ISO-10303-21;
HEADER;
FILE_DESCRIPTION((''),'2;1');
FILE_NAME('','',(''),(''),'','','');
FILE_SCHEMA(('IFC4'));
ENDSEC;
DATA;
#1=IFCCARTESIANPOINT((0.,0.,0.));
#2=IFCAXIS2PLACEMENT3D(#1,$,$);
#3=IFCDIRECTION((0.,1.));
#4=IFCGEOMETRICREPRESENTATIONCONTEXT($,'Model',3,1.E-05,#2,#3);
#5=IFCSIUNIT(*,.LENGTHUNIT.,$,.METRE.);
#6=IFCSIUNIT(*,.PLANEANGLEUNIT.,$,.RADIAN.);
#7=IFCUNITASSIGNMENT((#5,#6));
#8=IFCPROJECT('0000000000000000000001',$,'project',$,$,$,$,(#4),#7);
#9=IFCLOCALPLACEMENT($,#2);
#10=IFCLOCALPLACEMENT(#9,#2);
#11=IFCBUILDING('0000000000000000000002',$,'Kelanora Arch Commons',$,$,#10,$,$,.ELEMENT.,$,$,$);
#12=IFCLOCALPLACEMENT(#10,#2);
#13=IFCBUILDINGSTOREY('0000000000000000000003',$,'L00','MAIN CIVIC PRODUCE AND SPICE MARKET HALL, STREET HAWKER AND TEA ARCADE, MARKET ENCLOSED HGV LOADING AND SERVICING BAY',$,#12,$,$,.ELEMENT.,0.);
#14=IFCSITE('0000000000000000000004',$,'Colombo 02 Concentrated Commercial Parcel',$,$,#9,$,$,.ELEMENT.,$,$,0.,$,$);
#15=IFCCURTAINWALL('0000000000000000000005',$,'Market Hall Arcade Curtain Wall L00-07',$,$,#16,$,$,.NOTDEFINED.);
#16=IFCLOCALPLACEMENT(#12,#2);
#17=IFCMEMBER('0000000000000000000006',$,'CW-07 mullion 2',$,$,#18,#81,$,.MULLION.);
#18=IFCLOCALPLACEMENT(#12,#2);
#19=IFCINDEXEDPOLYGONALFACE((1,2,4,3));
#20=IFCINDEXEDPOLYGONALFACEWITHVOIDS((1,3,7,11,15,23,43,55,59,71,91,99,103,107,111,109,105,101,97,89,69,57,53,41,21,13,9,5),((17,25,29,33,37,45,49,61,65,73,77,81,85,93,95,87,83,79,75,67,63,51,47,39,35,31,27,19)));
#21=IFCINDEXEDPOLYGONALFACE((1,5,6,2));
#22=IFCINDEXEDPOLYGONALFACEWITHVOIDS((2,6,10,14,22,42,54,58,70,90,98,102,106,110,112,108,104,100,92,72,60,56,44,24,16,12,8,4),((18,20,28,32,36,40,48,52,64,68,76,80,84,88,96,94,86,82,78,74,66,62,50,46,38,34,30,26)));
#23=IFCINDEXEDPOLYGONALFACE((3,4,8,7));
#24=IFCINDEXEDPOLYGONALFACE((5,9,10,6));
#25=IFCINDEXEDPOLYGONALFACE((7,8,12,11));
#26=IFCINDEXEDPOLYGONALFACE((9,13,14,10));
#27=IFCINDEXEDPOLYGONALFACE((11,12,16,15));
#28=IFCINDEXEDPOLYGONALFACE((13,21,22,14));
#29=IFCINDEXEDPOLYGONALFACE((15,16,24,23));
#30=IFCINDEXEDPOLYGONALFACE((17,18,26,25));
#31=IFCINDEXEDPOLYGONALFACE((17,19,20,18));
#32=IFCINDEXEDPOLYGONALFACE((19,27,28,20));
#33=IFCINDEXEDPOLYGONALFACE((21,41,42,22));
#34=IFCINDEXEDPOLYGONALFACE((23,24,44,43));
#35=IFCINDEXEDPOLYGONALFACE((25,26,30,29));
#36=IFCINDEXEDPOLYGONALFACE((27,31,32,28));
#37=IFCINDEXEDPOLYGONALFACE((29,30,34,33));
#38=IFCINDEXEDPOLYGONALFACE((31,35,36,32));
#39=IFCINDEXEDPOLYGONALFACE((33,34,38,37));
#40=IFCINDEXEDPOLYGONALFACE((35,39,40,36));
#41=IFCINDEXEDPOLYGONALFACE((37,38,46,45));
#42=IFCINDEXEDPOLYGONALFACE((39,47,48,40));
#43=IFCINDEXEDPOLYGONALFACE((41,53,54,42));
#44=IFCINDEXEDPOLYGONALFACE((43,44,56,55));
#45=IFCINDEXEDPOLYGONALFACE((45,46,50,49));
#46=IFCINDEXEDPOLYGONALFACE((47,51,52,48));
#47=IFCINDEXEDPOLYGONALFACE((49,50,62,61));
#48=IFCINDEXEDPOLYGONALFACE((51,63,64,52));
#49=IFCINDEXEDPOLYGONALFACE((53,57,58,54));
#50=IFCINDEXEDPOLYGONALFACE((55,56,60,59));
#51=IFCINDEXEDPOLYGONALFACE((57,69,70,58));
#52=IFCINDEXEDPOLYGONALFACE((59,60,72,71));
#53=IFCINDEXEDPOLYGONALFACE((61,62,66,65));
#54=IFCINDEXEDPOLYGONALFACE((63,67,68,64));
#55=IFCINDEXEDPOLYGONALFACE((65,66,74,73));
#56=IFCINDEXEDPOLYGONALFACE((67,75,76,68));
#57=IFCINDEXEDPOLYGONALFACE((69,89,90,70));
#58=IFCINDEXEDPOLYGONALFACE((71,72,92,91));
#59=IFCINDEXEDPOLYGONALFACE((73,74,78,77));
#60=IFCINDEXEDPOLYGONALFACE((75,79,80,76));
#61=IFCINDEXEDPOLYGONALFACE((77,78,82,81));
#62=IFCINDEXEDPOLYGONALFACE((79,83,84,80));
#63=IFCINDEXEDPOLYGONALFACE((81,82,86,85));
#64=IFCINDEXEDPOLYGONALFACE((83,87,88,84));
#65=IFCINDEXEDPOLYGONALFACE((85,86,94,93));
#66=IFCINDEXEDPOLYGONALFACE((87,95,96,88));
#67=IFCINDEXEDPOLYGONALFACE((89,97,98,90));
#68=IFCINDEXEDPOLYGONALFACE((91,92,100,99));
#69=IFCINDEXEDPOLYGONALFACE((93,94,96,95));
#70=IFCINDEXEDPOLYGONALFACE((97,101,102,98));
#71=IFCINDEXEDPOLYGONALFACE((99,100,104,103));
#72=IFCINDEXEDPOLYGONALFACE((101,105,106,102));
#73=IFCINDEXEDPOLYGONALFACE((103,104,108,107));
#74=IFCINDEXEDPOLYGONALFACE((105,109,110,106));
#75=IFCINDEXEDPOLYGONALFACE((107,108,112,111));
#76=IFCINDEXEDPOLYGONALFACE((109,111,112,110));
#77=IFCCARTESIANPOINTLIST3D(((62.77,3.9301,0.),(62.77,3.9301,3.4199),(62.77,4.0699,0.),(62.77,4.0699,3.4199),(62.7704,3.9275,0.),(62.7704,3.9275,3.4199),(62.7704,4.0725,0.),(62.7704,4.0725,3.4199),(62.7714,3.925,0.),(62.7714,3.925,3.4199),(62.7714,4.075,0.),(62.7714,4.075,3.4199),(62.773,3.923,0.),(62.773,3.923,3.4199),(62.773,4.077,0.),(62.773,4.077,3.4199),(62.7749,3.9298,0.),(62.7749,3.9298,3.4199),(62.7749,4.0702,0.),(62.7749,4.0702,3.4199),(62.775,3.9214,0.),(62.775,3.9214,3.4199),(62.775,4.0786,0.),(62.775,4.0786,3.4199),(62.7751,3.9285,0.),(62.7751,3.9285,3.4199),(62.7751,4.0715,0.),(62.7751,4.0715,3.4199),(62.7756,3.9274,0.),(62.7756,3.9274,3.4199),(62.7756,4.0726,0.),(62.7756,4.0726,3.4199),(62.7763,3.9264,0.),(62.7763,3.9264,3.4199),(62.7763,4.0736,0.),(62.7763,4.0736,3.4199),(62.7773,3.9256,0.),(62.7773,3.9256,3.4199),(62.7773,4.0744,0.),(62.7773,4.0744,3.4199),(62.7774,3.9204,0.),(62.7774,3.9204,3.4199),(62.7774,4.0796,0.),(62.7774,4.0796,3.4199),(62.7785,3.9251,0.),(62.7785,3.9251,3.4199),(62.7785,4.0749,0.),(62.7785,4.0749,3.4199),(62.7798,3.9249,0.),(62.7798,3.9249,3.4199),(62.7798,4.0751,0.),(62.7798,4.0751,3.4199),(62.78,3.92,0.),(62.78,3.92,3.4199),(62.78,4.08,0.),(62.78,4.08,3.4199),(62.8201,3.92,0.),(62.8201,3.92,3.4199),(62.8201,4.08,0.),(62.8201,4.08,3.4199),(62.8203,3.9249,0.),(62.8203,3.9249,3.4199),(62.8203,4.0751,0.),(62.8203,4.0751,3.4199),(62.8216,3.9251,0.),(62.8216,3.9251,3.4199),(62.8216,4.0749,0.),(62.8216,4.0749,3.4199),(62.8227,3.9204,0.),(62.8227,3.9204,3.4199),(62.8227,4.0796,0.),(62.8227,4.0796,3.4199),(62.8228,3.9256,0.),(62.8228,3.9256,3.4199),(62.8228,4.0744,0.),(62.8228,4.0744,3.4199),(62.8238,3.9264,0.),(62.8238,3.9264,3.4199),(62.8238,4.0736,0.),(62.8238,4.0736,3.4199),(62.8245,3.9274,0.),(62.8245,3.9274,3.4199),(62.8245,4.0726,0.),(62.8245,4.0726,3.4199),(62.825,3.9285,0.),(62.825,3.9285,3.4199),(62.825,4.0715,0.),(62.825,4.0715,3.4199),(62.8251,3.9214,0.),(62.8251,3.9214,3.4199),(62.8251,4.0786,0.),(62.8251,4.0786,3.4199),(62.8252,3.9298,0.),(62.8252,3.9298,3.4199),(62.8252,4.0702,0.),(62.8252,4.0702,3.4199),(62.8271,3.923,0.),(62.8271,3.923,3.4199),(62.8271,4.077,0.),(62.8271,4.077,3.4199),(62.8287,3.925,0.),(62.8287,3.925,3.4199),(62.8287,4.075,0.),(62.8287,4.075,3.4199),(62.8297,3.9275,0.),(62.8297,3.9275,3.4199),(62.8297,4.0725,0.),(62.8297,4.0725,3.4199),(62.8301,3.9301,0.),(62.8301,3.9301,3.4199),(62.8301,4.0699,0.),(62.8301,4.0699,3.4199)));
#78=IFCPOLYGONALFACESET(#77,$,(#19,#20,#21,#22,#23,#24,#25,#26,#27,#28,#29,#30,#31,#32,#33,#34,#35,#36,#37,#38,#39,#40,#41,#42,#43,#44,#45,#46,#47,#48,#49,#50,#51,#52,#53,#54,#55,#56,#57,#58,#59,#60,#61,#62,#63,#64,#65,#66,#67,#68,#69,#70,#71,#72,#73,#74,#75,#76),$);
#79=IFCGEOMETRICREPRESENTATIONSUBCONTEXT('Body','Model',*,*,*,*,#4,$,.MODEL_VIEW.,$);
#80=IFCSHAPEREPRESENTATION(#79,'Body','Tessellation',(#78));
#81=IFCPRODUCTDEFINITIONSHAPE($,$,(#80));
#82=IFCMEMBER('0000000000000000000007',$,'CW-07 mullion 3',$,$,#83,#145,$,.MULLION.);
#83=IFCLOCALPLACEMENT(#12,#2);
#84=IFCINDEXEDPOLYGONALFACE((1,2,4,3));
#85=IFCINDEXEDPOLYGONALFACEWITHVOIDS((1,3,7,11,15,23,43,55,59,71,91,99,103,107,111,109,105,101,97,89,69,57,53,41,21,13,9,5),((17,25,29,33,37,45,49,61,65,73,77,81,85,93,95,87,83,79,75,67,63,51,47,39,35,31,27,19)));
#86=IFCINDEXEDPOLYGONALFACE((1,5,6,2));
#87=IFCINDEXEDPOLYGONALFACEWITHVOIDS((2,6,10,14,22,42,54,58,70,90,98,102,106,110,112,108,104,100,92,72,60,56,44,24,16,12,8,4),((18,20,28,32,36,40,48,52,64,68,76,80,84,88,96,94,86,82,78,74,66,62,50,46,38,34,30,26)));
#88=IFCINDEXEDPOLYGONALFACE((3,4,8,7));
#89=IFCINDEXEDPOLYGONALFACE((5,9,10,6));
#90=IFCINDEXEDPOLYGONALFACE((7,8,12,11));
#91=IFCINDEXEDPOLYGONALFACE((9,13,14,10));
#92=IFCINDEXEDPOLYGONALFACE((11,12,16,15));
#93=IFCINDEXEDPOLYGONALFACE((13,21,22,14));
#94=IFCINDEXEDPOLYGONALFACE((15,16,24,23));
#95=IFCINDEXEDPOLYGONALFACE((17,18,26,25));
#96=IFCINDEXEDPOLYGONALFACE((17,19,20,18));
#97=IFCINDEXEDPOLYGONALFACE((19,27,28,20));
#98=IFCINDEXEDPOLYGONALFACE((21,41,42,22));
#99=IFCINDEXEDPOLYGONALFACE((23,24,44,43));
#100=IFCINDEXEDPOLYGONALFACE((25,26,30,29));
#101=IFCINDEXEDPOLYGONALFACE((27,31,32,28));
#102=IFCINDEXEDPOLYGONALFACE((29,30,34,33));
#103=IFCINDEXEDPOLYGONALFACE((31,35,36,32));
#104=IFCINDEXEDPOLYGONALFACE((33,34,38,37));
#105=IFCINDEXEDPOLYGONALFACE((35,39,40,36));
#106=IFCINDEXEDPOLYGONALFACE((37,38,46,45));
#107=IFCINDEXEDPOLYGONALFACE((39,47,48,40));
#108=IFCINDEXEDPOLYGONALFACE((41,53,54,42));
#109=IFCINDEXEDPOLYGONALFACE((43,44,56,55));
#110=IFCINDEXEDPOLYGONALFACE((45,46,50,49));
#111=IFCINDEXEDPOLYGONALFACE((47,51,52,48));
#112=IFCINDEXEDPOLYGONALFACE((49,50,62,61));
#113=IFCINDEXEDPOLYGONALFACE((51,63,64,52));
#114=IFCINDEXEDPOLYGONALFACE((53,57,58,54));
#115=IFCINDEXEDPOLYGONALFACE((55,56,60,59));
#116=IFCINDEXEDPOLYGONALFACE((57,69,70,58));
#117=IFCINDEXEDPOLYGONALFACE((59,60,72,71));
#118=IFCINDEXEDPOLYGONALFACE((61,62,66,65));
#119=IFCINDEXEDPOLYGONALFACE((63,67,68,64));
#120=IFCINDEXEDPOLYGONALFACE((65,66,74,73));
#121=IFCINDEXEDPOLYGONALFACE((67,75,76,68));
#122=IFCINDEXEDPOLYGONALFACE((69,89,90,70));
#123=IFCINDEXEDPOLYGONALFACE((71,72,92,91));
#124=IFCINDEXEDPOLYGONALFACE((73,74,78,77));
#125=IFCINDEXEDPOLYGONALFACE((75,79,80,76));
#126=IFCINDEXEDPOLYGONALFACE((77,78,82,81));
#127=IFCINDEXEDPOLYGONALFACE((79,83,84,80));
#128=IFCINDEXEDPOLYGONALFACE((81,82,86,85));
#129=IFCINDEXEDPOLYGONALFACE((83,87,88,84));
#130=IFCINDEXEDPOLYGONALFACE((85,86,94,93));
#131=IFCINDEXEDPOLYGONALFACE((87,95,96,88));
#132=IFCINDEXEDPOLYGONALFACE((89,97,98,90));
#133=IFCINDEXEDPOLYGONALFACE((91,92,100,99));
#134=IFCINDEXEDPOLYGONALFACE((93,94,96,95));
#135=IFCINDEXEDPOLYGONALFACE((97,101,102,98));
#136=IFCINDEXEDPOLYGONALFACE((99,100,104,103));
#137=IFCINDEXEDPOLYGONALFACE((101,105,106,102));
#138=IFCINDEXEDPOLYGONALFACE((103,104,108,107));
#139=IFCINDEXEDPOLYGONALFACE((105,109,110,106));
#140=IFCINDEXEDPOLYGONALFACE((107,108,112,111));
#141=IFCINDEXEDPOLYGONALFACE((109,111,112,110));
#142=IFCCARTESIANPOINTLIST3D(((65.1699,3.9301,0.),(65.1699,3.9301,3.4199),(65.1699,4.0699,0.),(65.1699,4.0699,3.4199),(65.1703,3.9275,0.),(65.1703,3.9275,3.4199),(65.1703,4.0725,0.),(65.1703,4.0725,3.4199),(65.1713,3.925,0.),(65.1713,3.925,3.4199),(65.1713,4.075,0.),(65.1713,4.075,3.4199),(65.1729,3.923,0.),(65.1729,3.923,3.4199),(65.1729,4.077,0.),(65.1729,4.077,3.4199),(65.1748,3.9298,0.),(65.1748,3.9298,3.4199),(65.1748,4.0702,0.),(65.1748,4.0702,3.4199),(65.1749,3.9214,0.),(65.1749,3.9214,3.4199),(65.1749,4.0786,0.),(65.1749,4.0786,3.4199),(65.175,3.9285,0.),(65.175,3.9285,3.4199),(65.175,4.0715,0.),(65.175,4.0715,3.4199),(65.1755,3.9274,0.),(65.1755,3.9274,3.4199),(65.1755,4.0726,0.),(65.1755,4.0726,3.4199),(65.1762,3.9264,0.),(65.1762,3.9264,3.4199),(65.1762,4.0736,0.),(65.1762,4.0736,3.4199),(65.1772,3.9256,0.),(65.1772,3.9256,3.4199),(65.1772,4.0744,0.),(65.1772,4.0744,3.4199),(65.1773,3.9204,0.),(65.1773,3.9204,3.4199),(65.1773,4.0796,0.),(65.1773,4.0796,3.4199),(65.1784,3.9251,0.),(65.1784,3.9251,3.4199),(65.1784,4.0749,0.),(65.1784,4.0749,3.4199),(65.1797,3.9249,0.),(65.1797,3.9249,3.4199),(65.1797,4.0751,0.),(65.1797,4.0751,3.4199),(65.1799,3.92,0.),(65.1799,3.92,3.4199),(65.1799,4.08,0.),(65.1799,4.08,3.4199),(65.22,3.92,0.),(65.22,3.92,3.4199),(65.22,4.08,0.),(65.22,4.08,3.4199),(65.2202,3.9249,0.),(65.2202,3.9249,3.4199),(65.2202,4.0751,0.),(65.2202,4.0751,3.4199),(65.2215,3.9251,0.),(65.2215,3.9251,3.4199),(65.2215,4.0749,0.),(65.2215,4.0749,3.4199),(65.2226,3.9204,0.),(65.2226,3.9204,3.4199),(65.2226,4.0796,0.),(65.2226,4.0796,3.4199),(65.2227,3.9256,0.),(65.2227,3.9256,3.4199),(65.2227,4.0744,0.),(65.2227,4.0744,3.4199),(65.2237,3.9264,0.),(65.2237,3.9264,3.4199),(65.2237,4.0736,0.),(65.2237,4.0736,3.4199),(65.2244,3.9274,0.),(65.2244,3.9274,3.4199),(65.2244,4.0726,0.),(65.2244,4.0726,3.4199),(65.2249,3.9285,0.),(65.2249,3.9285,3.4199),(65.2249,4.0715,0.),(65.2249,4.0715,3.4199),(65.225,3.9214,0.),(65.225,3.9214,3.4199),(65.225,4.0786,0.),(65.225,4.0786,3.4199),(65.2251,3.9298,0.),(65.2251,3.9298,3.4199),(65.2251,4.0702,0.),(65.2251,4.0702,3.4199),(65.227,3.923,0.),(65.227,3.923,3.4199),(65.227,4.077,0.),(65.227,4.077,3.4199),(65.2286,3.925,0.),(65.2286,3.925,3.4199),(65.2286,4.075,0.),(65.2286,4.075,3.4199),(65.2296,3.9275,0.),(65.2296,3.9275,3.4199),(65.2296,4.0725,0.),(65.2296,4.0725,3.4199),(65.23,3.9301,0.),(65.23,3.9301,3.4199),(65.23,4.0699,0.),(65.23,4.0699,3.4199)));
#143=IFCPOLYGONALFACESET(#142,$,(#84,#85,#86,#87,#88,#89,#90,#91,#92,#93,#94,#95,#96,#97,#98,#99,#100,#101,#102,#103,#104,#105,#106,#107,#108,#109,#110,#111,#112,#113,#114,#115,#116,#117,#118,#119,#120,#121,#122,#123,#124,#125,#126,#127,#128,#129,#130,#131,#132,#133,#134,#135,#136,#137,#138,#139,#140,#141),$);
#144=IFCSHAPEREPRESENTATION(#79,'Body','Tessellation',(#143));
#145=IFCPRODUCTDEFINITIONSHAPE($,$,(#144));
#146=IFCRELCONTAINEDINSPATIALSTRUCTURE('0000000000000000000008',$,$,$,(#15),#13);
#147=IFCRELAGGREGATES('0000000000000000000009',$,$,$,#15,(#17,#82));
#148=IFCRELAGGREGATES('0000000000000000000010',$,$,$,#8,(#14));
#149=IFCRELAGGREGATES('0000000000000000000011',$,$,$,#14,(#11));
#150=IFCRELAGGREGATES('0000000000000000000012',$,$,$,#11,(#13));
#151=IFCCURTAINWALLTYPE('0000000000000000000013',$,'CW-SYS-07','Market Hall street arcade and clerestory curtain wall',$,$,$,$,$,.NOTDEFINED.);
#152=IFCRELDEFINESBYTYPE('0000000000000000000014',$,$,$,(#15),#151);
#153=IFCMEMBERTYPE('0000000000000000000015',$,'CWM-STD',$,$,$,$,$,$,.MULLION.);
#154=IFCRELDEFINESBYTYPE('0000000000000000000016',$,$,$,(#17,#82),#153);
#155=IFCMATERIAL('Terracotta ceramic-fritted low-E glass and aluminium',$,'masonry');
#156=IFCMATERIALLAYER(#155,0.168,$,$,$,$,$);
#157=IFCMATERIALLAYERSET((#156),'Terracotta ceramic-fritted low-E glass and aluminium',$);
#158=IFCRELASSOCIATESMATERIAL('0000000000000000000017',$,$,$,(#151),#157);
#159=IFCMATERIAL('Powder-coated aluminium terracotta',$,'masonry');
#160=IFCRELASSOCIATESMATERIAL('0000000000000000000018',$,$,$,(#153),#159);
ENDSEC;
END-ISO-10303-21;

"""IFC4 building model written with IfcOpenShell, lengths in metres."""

from ifc_helpers import new_model, si_unit, direction, frame, origin, origin_2d, place, context, subcontext, project, spatial, hollow_rectangle, extrude, material, layer, layer_set, material_profile, profile_set, type_object, element, aggregate, save


model = new_model("IFC4")

# Units and contexts
model_context = context("Model", 3, precision=1e-05, world=origin(), true_north=direction((0.0, 1.0)))
body_context = subcontext(model_context, "Body", "Model", "MODEL_VIEW")
ifc_project = project(units=[si_unit("LENGTHUNIT", "METRE"), si_unit("PLANEANGLEUNIT", "RADIAN")], contexts=[model_context])

# Site, building, storey
site_placement = place(None, origin())
site = spatial("IfcSite", under=ifc_project, at=site_placement, Name="Colombo 02 Concentrated Commercial Parcel", CompositionType="ELEMENT", RefElevation=0.0)
building_placement = place(site_placement, origin())
building = spatial("IfcBuilding", under=site, at=building_placement, Name="Kelanora Arch Commons", CompositionType="ELEMENT")
storey_placement = place(building_placement, origin())
storey = spatial("IfcBuildingStorey", under=building, at=storey_placement, Name="L00", Description="MAIN CIVIC PRODUCE AND SPICE MARKET HALL, STREET HAWKER AND TEA ARCADE, MARKET ENCLOSED HGV LOADING AND SERVICING BAY", CompositionType="ELEMENT", Elevation=0.0)

# Curtain wall, members
ifc_material_1 = material(Name="Terracotta ceramic-fritted low-E glass and aluminium", Category="masonry")
ifc_layer_1 = layer(ifc_material_1, 0.168)
ifc_layer_set_1 = layer_set([ifc_layer_1], Name="Terracotta ceramic-fritted low-E glass and aluminium")
curtain_wall_type = type_object("IfcCurtainWallType", Name="CW-SYS-07", Description="Market Hall street arcade and clerestory curtain wall", PredefinedType="NOTDEFINED", material=ifc_layer_set_1)
curtain_wall_placement = place(storey_placement, origin())
curtain_wall = element("IfcCurtainWall", 1, at=curtain_wall_placement, inside=storey, type_object=curtain_wall_type, Name="Market Hall Arcade Curtain Wall L00-07", PredefinedType="NOTDEFINED")
ifc_material_2 = material(Name="Powder-coated aluminium terracotta", Category="masonry")
ifc_material_profile_1 = material_profile(ifc_material_2, hollow_rectangle(XDim=0.1599, YDim=0.0601, WallThickness=0.0049, InnerFilletRadius=0.0049, OuterFilletRadius=0.01, at=origin_2d()), Name="CWM160x60")
ifc_profile_set_1 = profile_set([ifc_material_profile_1], Name="Powder-coated aluminium terracotta")
member_type_1 = type_object("IfcMemberType", Name="CWM-STD", PredefinedType="MULLION", material=ifc_profile_set_1)
member_1_placement = place(storey_placement, frame((62.8, 4.0, 0.0), z_axis=(0.0, 0.0, 1.0), x_axis=(0.0, 1.0, 0.0)))
member_1 = element("IfcMember", 2, at=member_1_placement, type_object=member_type_1, Name="CW-07 mullion 2", PredefinedType="MULLION", context=body_context, shape_type="SweptSolid", body=[
    extrude(hollow_rectangle(XDim=0.1599, YDim=0.0601, WallThickness=0.0049, InnerFilletRadius=0.0049, OuterFilletRadius=0.01, at=origin_2d()), origin(), (0.0, 0.0, 1.0), 3.4199),
])
member_2_placement = place(storey_placement, frame((65.2, 4.0, 0.0), z_axis=(0.0, 0.0, 1.0), x_axis=(0.0, 1.0, 0.0)))
member_2 = element("IfcMember", 3, at=member_2_placement, type_object=member_type_1, Name="CW-07 mullion 3", PredefinedType="MULLION", context=body_context, shape_type="SweptSolid", body=[
    extrude(hollow_rectangle(XDim=0.1599, YDim=0.0601, WallThickness=0.0049, InnerFilletRadius=0.0049, OuterFilletRadius=0.01, at=origin_2d()), origin(), (0.0, 0.0, 1.0), 3.4199),
])
aggregate(curtain_wall, [member_1, member_2])

save(model, "model.ifc")
